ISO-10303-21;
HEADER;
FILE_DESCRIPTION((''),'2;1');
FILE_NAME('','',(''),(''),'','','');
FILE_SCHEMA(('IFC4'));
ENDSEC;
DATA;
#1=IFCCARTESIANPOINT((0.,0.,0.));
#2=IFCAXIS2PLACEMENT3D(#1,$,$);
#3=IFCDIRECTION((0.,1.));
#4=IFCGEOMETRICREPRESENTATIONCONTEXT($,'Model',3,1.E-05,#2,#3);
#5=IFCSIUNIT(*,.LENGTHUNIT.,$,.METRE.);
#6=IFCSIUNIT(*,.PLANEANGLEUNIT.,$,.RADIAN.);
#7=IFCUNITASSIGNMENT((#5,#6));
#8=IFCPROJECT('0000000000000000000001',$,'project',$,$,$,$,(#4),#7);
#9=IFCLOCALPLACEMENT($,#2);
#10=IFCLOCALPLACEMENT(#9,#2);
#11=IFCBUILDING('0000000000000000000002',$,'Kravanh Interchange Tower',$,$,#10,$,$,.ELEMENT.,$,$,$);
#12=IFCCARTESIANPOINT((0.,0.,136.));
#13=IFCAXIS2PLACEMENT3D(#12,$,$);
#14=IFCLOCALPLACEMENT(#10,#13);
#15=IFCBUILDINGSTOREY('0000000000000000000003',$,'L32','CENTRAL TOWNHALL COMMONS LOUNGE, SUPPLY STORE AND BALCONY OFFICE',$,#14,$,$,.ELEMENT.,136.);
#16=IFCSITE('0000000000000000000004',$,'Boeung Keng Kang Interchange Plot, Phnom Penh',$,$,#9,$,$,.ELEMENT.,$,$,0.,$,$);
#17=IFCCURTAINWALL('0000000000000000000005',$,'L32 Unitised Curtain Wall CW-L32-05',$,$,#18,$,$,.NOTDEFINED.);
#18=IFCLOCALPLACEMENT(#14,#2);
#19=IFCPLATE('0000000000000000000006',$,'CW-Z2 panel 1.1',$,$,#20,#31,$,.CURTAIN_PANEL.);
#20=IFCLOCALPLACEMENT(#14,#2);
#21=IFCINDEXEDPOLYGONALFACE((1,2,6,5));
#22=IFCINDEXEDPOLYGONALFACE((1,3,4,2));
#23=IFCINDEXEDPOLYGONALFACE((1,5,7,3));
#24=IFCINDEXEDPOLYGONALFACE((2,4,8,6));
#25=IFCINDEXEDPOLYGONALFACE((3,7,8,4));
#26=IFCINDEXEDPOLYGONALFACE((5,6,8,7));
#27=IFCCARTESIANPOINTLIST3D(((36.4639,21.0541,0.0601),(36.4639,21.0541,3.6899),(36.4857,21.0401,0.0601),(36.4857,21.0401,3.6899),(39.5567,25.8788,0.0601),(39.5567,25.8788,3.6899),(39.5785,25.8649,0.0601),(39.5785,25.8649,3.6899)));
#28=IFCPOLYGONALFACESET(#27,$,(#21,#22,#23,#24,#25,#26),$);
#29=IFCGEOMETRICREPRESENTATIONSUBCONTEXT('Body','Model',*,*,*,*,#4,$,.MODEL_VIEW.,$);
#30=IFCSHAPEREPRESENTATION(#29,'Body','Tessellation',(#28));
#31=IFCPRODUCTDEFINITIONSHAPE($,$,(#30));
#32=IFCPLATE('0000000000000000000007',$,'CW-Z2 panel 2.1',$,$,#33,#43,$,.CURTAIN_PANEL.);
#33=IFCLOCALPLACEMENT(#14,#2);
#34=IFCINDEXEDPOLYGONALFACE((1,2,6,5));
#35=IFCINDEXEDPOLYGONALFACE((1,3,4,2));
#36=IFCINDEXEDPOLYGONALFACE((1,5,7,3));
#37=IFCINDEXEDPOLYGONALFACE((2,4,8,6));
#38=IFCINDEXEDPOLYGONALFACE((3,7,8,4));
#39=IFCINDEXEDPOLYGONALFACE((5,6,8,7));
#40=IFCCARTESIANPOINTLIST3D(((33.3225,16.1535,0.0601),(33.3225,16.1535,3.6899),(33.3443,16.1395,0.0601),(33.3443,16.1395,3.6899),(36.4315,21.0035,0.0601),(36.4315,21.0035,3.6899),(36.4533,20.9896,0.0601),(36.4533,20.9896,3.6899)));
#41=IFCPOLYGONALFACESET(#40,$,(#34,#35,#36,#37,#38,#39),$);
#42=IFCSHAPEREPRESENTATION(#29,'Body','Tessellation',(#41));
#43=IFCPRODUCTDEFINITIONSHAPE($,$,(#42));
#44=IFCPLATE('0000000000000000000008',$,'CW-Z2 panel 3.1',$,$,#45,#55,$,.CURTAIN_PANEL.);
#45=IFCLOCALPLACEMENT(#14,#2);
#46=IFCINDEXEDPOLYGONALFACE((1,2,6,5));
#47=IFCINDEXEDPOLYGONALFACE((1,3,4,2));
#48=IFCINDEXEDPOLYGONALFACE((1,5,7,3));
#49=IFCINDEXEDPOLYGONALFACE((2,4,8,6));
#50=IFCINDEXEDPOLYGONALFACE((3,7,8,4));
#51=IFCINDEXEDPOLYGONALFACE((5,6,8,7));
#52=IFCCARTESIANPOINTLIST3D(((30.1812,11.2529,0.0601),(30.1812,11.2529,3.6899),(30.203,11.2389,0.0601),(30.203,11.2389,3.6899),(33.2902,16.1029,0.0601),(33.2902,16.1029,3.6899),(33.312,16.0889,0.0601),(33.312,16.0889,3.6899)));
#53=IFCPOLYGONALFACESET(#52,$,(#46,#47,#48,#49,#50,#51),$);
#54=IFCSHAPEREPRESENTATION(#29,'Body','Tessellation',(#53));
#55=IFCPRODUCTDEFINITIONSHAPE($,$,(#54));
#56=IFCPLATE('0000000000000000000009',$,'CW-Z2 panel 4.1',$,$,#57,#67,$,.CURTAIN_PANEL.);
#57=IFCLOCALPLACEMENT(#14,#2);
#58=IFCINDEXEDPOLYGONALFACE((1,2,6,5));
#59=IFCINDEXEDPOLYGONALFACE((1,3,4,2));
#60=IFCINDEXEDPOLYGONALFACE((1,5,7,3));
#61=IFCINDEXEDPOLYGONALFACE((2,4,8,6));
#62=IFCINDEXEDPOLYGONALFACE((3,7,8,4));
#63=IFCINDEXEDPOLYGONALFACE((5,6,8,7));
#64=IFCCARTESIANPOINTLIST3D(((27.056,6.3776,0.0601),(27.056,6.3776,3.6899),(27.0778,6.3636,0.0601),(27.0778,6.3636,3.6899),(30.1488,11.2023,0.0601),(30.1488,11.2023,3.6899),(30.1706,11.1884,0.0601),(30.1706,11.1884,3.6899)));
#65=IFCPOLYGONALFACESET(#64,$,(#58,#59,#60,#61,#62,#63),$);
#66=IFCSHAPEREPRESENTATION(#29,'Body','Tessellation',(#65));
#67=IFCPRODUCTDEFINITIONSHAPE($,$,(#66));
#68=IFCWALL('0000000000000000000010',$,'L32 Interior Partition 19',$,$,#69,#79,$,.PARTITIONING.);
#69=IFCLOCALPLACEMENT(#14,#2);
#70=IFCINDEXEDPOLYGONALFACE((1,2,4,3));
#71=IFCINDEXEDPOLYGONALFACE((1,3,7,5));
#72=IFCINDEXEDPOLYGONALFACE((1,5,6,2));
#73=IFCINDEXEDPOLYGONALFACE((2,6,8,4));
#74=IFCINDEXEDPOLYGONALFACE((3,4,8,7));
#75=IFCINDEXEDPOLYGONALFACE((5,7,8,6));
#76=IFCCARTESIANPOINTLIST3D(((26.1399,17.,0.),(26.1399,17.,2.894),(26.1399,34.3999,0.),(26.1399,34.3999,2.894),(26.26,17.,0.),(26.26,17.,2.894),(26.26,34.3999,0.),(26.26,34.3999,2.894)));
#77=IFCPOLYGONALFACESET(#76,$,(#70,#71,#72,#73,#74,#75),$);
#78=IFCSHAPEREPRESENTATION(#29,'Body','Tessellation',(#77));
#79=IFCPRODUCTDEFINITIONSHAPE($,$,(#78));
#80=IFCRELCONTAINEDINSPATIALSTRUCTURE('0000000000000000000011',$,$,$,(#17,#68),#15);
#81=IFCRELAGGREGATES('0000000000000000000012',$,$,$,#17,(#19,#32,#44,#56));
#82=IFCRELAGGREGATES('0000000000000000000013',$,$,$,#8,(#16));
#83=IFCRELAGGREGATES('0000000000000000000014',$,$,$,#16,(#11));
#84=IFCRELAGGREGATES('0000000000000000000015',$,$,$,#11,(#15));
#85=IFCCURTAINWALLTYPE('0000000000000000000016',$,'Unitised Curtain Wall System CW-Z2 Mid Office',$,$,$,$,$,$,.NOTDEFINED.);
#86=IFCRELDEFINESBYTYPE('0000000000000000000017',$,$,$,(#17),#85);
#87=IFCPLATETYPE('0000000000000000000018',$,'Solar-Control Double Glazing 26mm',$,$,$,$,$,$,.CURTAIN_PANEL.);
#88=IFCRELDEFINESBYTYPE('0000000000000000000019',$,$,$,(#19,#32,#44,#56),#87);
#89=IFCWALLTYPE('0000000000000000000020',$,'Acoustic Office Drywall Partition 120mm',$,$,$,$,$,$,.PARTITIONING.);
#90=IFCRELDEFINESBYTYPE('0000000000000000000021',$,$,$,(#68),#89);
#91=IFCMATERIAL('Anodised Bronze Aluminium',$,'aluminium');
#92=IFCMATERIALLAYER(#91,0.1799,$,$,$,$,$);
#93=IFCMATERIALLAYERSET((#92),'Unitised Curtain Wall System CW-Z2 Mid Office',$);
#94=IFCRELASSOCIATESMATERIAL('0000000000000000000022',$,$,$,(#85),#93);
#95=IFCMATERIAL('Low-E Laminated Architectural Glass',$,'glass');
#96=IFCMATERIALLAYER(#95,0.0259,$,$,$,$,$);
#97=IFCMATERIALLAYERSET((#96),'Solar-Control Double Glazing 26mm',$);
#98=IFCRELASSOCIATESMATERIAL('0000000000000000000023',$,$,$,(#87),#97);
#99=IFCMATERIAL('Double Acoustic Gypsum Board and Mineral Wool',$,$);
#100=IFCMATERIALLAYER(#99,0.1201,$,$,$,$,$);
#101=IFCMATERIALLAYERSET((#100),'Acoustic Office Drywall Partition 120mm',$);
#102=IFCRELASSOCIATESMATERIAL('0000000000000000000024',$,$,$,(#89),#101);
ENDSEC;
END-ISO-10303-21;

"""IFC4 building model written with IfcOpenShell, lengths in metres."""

from ifc_helpers import new_model, si_unit, direction, frame, frame_2d, origin, origin_2d, place, context, subcontext, project, spatial, rectangle, extrude, material, layer, layer_set, type_object, element, aggregate, save


model = new_model("IFC4")

# Units and contexts
model_context = context("Model", 3, precision=1e-05, world=origin(), true_north=direction((0.0, 1.0)))
body_context = subcontext(model_context, "Body", "Model", "MODEL_VIEW")
ifc_project = project(units=[si_unit("LENGTHUNIT", "METRE"), si_unit("PLANEANGLEUNIT", "RADIAN")], contexts=[model_context])

# Site, building, storey
site_placement = place(None, origin())
site = spatial("IfcSite", under=ifc_project, at=site_placement, Name="Boeung Keng Kang Interchange Plot, Phnom Penh", CompositionType="ELEMENT", RefElevation=0.0)
building_placement = place(site_placement, origin())
building = spatial("IfcBuilding", under=site, at=building_placement, Name="Kravanh Interchange Tower", CompositionType="ELEMENT")
storey_placement = place(building_placement, frame((0.0, 0.0, 136.0)))
storey = spatial("IfcBuildingStorey", under=building, at=storey_placement, Name="L32", Description="CENTRAL TOWNHALL COMMONS LOUNGE, SUPPLY STORE AND BALCONY OFFICE", CompositionType="ELEMENT", Elevation=136.0)

# Curtain wall
ifc_material_1 = material(Name="Anodised Bronze Aluminium", Category="aluminium")
ifc_layer_1 = layer(ifc_material_1, 0.1799)
ifc_layer_set_1 = layer_set([ifc_layer_1], Name="Unitised Curtain Wall System CW-Z2 Mid Office")
curtain_wall_type = type_object("IfcCurtainWallType", Name="Unitised Curtain Wall System CW-Z2 Mid Office", PredefinedType="NOTDEFINED", material=ifc_layer_set_1)
curtain_wall_1_placement = place(storey_placement, origin())
curtain_wall_1 = element("IfcCurtainWall", 1, at=curtain_wall_1_placement, inside=storey, type_object=curtain_wall_type, Name="L32 Unitised Curtain Wall CW-L32-05", PredefinedType="NOTDEFINED")

# Plates
ifc_material_2 = material(Name="Low-E Laminated Architectural Glass", Category="glass")
ifc_layer_2 = layer(ifc_material_2, 0.0259)
ifc_layer_set_2 = layer_set([ifc_layer_2], Name="Solar-Control Double Glazing 26mm")
plate_type = type_object("IfcPlateType", Name="Solar-Control Double Glazing 26mm", PredefinedType="CURTAIN_PANEL", material=ifc_layer_set_2)
plate_1_placement = place(storey_placement, frame((38.0212, 23.4595, 0.0601), z_axis=(0.0, 0.0, 1.0), x_axis=(-0.539665, -0.84188, 0.0)))
plate_1 = element("IfcPlate", 2, at=plate_1_placement, type_object=plate_type, Name="CW-Z2 panel 1.1", PredefinedType="CURTAIN_PANEL", context=body_context, shape_type="SweptSolid", body=[
    extrude(rectangle(XDim=5.731, YDim=0.0259, at=origin_2d()), origin(), (0.0, 0.0, 1.0), 3.6299),
])
plate_2_placement = place(storey_placement, frame((34.8879, 18.5715, 0.0601), z_axis=(0.0, 0.0, 1.0), x_axis=(-0.539665, -0.84188, 0.0)))
plate_2 = element("IfcPlate", 3, at=plate_2_placement, type_object=plate_type, Name="CW-Z2 panel 2.1", PredefinedType="CURTAIN_PANEL", context=body_context, shape_type="SweptSolid", body=[
    extrude(rectangle(XDim=5.761, YDim=0.0259, at=origin_2d()), origin(), (0.0, 0.0, 1.0), 3.6299),
])
plate_3_placement = place(storey_placement, frame((31.7466, 13.6709, 0.0601), z_axis=(0.0, 0.0, 1.0), x_axis=(-0.539665, -0.84188, 0.0)))
plate_3 = element("IfcPlate", 4, at=plate_3_placement, type_object=plate_type, Name="CW-Z2 panel 3.1", PredefinedType="CURTAIN_PANEL", context=body_context, shape_type="SweptSolid", body=[
    extrude(rectangle(XDim=5.761, YDim=0.0259, at=origin_2d()), origin(), (0.0, 0.0, 1.0), 3.6299),
])
plate_4_placement = place(storey_placement, frame((28.6133, 8.783, 0.0601), z_axis=(0.0, 0.0, 1.0), x_axis=(-0.539665, -0.84188, 0.0)))
plate_4 = element("IfcPlate", 5, at=plate_4_placement, type_object=plate_type, Name="CW-Z2 panel 4.1", PredefinedType="CURTAIN_PANEL", context=body_context, shape_type="SweptSolid", body=[
    extrude(rectangle(XDim=5.731, YDim=0.0259, at=origin_2d()), origin(), (0.0, 0.0, 1.0), 3.6299),
])
aggregate(curtain_wall_1, [plate_1, plate_2, plate_3, plate_4])

# Wall
ifc_material_3 = material(Name="Double Acoustic Gypsum Board and Mineral Wool")
ifc_layer_3 = layer(ifc_material_3, 0.1201)
ifc_layer_set_3 = layer_set([ifc_layer_3], Name="Acoustic Office Drywall Partition 120mm")
wall_type = type_object("IfcWallType", Name="Acoustic Office Drywall Partition 120mm", PredefinedType="PARTITIONING", material=ifc_layer_set_3)
wall_placement = place(storey_placement, frame((26.2, 17.0, 0.0), z_axis=(0.0, 0.0, 1.0), x_axis=(0.0, 1.0, 0.0)))
element("IfcWall", 6, at=wall_placement, inside=storey, type_object=wall_type, Name="L32 Interior Partition 19", PredefinedType="PARTITIONING", context=body_context, shape_type="SweptSolid", body=[
    extrude(rectangle(XDim=17.3999, YDim=0.1201, at=frame_2d((8.7, 0.0))), origin(), (0.0, 0.0, 1.0), 2.894),
])

save(model, "model.ifc")
